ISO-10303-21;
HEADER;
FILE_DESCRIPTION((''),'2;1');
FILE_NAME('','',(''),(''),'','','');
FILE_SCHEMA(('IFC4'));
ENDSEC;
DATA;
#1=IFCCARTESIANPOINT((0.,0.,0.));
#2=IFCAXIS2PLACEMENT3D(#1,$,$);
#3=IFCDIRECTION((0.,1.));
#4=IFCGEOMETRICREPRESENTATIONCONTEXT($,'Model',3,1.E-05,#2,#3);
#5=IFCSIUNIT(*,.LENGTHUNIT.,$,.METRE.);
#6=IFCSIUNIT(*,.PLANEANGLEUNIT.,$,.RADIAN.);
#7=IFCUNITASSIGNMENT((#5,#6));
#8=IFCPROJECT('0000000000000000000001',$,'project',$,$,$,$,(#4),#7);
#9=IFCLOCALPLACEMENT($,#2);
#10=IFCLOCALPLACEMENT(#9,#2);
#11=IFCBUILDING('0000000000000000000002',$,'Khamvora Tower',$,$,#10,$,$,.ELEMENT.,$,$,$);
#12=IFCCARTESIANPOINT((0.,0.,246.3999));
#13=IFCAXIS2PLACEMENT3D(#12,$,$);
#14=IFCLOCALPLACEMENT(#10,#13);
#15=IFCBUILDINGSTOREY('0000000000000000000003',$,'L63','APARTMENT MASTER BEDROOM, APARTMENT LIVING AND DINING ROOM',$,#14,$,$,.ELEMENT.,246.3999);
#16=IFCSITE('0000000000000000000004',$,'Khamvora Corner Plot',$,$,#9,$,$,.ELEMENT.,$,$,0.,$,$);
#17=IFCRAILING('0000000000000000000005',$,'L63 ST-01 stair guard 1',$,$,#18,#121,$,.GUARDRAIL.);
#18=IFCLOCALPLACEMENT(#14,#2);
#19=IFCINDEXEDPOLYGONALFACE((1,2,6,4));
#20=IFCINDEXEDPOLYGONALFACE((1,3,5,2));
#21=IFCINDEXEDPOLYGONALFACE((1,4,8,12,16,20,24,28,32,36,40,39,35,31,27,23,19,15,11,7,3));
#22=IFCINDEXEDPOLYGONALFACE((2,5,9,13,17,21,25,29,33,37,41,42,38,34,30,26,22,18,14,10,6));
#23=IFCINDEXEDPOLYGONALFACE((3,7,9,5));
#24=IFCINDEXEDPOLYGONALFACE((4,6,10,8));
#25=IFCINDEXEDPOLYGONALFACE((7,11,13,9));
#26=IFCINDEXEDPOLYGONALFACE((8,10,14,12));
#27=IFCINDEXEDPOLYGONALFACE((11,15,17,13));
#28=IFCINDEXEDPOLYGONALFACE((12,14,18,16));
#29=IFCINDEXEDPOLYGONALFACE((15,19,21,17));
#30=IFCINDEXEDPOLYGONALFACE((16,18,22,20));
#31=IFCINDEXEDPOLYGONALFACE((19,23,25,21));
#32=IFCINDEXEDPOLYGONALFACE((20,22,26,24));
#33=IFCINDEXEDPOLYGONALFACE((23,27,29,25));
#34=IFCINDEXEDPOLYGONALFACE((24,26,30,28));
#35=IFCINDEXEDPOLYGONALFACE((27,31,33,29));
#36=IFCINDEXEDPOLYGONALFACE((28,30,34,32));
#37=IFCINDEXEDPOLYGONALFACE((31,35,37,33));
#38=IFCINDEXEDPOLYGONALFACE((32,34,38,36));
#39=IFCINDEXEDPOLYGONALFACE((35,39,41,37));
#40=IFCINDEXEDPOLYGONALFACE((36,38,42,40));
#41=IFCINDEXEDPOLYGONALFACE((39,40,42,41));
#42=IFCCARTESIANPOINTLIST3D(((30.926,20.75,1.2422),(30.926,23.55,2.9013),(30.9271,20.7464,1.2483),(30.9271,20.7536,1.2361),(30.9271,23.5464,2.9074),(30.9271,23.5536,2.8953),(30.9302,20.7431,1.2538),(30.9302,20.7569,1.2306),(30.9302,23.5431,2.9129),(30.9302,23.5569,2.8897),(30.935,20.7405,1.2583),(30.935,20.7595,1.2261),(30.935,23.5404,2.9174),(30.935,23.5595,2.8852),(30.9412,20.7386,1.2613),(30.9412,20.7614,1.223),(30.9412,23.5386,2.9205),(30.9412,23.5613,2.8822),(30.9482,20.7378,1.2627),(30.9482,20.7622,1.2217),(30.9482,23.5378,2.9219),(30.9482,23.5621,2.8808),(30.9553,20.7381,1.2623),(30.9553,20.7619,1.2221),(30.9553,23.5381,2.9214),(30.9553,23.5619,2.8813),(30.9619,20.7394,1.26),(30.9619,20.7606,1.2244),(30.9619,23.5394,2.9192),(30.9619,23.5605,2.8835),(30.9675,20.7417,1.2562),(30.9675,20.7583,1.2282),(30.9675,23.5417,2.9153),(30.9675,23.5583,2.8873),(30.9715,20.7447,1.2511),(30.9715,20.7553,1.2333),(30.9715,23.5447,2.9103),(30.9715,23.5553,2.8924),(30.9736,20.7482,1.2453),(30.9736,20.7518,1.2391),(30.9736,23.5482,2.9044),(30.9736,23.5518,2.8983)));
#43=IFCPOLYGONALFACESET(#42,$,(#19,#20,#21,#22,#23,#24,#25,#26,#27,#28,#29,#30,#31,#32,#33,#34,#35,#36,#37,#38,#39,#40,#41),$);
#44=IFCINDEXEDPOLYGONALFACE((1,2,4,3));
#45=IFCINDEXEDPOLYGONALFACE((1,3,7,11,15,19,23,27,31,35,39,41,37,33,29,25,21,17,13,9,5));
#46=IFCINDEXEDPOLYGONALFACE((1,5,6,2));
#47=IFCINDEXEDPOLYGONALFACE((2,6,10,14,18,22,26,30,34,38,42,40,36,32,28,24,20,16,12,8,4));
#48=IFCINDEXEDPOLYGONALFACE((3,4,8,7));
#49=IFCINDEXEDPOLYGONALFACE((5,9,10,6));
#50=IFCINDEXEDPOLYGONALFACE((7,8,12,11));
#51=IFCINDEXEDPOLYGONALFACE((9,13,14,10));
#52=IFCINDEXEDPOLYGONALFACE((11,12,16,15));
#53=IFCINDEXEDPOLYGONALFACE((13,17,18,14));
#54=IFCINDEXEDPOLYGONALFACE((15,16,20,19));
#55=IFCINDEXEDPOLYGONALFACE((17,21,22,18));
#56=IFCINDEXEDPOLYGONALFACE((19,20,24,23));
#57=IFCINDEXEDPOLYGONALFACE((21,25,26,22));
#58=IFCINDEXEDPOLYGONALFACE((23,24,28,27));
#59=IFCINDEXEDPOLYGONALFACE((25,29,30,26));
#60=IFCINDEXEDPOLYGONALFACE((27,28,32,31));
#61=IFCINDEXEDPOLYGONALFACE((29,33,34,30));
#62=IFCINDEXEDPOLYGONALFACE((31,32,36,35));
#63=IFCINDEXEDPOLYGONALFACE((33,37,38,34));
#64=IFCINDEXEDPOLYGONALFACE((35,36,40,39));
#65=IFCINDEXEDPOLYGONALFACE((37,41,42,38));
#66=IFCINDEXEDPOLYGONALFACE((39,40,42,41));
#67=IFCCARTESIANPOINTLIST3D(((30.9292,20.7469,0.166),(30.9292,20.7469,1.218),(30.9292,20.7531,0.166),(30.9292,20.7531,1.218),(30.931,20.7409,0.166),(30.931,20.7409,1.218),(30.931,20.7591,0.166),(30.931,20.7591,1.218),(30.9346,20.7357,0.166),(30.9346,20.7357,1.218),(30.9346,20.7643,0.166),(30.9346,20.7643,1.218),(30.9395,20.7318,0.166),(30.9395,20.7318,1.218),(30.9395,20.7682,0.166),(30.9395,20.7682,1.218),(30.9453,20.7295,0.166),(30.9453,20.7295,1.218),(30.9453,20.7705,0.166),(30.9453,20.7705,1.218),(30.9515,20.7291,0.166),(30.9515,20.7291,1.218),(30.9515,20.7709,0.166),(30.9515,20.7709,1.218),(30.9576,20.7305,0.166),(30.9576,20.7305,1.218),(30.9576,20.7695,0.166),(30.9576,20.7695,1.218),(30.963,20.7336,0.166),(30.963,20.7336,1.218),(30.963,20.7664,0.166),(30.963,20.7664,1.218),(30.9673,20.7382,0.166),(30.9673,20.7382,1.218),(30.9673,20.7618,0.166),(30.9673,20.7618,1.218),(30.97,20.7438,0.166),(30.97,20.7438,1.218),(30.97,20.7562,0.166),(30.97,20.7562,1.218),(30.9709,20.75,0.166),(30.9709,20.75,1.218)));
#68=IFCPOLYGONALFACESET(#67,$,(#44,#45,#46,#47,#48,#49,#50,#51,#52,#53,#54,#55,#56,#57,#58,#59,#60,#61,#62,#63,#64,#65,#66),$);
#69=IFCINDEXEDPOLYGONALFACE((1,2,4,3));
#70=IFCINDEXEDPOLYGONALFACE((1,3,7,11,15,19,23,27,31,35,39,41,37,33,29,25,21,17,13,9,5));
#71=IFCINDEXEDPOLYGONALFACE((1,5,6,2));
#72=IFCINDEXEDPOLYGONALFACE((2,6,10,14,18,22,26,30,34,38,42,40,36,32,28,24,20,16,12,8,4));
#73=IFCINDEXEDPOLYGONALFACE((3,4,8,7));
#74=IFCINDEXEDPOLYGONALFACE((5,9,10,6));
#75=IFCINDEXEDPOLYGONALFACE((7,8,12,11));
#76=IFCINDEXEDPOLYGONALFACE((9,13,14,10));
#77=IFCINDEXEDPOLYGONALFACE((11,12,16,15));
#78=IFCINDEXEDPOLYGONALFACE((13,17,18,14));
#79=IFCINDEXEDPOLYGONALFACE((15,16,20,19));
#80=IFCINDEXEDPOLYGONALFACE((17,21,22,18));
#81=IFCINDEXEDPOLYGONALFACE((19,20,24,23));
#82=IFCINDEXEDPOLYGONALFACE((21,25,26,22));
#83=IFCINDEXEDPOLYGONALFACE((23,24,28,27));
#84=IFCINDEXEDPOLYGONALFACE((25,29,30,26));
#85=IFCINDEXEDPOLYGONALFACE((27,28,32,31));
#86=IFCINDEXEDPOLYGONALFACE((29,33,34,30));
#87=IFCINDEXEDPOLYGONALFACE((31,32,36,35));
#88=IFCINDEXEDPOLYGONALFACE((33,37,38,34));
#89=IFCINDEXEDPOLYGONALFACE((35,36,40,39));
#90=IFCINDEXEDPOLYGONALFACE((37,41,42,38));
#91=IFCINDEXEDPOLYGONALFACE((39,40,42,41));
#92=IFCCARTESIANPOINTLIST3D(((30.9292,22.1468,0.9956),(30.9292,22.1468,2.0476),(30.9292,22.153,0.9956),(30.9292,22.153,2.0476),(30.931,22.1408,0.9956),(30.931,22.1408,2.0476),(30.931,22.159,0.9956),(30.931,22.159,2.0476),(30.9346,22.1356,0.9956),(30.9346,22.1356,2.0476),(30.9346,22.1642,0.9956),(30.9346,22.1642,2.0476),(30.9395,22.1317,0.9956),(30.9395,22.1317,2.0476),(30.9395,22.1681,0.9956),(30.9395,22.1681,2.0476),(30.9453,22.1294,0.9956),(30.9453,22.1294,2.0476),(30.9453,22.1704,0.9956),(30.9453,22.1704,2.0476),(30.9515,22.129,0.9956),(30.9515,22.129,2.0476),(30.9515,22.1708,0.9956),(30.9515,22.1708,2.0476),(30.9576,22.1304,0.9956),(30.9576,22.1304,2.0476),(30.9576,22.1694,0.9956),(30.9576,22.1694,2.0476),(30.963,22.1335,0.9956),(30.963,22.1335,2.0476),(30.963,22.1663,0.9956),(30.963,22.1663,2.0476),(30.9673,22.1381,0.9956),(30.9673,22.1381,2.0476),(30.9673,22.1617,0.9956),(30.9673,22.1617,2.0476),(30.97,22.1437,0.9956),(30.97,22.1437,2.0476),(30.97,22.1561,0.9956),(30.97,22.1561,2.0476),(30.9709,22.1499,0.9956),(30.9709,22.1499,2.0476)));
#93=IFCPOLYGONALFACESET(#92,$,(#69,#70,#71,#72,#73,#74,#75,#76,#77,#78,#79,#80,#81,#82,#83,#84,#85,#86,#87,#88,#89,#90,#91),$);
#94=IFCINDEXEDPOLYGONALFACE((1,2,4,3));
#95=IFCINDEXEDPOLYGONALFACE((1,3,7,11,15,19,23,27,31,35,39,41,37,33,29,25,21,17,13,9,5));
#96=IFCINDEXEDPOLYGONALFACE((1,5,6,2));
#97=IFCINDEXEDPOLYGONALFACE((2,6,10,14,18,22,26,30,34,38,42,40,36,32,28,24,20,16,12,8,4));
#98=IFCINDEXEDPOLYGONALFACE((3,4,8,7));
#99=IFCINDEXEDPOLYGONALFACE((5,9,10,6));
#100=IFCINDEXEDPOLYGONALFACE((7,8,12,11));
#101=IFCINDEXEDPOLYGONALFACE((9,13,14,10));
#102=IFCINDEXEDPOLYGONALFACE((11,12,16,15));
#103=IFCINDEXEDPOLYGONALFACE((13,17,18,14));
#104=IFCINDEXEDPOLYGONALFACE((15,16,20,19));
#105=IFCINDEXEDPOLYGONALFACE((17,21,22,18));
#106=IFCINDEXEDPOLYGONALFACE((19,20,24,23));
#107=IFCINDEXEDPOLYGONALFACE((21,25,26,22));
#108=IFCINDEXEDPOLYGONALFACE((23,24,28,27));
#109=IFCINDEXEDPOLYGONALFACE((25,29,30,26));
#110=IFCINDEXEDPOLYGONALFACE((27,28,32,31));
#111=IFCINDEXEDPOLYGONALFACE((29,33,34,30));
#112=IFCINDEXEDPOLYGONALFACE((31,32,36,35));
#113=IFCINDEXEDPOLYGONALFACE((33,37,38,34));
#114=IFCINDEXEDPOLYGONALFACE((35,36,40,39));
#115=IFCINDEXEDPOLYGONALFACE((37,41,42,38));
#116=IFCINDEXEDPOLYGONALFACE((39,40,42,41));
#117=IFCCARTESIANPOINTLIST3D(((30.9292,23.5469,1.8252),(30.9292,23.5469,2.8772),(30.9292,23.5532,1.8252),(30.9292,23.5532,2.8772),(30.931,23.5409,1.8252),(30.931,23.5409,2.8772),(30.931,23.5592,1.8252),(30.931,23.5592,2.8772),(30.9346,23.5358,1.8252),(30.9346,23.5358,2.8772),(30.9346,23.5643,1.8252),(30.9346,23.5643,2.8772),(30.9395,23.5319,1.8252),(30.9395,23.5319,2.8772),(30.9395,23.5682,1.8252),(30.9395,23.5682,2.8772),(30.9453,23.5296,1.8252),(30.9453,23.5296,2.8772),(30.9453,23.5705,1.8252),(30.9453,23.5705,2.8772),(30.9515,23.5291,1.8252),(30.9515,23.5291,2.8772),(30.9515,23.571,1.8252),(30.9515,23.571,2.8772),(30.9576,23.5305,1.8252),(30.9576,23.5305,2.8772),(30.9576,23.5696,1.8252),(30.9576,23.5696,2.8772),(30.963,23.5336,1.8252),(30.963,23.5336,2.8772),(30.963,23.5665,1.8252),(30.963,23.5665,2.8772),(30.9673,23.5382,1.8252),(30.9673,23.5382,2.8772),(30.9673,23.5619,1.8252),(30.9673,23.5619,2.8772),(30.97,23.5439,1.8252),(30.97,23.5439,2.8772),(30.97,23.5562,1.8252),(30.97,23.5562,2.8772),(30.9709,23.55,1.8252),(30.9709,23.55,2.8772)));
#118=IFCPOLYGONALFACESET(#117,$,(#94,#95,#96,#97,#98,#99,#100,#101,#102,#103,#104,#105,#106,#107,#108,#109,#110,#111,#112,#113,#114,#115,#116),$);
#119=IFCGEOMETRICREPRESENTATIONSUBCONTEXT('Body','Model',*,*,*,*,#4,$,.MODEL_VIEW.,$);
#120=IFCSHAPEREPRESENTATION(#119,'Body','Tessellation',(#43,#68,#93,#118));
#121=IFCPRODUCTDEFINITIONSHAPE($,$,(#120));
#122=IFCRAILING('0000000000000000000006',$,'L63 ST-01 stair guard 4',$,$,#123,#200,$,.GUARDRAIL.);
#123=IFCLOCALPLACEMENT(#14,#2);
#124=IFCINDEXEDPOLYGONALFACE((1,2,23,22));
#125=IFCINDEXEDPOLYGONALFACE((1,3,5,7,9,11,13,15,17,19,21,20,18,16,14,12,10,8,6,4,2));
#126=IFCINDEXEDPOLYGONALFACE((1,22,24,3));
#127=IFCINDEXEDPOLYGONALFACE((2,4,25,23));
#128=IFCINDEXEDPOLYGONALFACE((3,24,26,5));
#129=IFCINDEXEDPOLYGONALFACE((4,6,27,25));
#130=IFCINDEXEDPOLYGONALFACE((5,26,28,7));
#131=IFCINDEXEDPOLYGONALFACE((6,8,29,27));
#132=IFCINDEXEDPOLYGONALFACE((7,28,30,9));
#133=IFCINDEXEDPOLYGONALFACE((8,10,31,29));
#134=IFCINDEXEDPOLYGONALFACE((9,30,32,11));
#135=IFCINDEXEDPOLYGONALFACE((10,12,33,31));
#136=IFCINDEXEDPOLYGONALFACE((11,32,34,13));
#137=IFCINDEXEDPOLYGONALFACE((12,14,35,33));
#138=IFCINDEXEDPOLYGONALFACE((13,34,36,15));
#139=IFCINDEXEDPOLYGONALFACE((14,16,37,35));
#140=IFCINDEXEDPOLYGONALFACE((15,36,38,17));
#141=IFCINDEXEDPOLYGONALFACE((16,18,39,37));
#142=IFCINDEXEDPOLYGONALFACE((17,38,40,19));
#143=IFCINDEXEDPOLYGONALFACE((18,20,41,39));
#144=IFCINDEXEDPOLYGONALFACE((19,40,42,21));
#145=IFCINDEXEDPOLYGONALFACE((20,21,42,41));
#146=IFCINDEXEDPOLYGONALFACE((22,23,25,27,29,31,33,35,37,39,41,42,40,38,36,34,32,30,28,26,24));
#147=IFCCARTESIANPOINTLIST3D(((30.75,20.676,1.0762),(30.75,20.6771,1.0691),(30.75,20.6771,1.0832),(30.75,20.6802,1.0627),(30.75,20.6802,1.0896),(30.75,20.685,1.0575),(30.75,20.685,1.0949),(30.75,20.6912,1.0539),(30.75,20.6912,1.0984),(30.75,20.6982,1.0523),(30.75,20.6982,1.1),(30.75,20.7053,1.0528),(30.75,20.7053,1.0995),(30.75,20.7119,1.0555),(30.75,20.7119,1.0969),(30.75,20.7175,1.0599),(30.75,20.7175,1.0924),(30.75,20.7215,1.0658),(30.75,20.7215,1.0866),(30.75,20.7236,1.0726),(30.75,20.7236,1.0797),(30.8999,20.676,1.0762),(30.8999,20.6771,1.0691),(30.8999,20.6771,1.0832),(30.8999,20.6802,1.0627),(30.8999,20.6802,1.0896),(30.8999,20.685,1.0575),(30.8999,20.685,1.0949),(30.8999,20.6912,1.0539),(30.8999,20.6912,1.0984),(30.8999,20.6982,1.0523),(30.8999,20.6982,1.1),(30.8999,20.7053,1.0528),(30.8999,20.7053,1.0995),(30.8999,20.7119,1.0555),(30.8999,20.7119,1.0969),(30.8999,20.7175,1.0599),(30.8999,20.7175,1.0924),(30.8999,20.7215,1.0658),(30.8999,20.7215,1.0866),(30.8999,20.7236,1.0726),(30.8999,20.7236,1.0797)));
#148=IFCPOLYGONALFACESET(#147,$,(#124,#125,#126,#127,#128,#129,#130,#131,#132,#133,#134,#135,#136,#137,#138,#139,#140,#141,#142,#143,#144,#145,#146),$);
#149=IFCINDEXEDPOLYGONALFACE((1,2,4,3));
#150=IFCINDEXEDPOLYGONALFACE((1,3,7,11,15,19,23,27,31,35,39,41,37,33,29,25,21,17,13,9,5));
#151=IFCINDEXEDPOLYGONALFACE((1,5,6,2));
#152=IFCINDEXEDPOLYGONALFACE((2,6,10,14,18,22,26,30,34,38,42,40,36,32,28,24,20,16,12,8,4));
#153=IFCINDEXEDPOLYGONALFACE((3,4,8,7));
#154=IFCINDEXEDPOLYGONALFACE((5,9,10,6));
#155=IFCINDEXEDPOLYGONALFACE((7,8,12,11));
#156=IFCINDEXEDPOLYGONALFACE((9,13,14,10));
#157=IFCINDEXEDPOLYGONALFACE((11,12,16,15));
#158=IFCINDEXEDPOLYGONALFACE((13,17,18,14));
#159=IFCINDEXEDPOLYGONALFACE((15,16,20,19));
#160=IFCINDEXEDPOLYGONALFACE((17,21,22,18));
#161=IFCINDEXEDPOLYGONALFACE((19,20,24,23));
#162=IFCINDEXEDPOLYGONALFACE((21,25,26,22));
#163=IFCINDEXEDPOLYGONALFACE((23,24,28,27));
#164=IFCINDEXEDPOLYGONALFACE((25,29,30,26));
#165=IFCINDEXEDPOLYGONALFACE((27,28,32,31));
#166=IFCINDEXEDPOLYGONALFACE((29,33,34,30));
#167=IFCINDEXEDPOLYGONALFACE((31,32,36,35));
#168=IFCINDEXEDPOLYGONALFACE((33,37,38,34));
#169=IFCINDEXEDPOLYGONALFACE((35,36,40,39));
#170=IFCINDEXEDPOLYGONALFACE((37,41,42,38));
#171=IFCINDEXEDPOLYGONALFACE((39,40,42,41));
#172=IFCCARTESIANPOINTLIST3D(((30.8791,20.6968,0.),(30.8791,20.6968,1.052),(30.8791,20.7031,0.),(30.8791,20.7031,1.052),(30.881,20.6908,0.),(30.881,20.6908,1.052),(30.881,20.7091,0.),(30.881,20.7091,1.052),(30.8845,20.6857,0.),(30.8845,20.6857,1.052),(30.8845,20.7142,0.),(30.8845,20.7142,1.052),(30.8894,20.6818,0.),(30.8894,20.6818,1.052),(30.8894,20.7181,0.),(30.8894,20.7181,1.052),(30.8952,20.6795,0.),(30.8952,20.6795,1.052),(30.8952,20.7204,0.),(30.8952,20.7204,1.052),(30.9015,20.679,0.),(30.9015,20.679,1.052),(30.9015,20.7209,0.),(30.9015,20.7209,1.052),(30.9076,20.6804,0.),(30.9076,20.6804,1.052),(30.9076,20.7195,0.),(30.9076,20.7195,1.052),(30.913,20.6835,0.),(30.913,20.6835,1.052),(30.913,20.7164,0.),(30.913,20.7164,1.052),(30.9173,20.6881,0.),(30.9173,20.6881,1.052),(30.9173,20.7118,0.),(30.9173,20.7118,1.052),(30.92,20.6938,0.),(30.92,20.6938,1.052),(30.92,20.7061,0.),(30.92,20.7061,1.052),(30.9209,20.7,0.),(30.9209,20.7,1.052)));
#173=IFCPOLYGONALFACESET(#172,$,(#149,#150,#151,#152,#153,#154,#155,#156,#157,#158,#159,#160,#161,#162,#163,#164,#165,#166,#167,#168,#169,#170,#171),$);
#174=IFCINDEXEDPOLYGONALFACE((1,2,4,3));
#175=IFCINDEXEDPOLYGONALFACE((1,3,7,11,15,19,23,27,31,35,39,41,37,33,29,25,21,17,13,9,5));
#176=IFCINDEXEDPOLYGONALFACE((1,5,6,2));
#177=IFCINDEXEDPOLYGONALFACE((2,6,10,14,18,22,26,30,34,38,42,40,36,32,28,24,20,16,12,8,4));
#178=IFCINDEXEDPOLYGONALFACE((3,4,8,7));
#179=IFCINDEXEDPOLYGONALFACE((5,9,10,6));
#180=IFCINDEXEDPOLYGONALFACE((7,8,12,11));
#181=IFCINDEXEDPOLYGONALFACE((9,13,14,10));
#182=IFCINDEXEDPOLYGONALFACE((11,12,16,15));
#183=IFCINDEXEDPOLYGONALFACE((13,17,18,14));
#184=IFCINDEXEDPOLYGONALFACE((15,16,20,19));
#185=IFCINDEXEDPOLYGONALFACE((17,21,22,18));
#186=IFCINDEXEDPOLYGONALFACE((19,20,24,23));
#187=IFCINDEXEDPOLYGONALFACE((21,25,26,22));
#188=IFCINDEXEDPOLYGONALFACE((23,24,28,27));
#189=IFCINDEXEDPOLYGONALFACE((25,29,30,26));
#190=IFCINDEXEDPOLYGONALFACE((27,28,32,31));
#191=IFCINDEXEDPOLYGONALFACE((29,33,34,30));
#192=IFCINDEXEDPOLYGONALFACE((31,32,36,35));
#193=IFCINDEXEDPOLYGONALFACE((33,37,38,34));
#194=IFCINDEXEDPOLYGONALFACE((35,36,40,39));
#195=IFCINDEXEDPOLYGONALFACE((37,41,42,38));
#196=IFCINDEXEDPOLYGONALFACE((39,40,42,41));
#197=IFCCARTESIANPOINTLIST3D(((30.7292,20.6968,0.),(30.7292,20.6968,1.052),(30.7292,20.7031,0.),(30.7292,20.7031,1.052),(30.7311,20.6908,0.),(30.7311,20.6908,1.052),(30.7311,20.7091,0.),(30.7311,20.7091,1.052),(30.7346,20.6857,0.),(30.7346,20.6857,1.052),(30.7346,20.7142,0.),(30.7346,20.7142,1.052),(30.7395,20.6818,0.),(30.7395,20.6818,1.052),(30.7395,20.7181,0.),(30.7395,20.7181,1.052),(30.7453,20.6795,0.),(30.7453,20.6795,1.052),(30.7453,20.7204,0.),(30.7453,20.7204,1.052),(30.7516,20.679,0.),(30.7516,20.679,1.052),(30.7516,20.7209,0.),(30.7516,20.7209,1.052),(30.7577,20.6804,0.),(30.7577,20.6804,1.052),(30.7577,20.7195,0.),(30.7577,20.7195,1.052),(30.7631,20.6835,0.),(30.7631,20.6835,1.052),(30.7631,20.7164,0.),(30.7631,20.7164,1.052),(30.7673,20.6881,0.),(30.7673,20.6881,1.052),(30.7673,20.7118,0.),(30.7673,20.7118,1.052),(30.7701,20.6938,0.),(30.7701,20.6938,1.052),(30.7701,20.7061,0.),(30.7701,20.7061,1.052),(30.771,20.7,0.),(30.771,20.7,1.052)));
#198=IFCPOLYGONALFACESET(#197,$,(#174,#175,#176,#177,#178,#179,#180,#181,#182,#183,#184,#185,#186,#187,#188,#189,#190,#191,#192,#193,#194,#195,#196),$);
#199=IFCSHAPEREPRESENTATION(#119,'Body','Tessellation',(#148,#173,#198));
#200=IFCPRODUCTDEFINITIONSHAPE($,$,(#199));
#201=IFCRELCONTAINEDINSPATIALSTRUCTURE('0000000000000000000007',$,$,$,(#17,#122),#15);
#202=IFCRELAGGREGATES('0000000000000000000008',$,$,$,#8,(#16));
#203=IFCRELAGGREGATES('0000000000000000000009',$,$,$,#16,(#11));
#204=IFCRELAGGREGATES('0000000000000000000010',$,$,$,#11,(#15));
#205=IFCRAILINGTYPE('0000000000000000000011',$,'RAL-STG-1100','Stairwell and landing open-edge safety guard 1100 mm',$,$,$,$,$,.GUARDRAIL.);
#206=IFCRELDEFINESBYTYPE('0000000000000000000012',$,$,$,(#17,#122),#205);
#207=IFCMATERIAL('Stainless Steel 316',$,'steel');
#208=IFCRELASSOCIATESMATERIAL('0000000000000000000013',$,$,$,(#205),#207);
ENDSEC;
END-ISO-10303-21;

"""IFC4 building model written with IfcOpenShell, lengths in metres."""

from ifc_helpers import new_model, si_unit, direction, frame, origin, origin_2d, place, context, subcontext, project, spatial, circle, extrude, material, type_object, element, save


model = new_model("IFC4")

# Units and contexts
model_context = context("Model", 3, precision=1e-05, world=origin(), true_north=direction((0.0, 1.0)))
body_context = subcontext(model_context, "Body", "Model", "MODEL_VIEW")
ifc_project = project(units=[si_unit("LENGTHUNIT", "METRE"), si_unit("PLANEANGLEUNIT", "RADIAN")], contexts=[model_context])

# Site, building, storey
site_placement = place(None, origin())
site = spatial("IfcSite", under=ifc_project, at=site_placement, Name="Khamvora Corner Plot", CompositionType="ELEMENT", RefElevation=0.0)
building_placement = place(site_placement, origin())
building = spatial("IfcBuilding", under=site, at=building_placement, Name="Khamvora Tower", CompositionType="ELEMENT")
storey_placement = place(building_placement, frame((0.0, 0.0, 246.3999)))
storey = spatial("IfcBuildingStorey", under=building, at=storey_placement, Name="L63", Description="APARTMENT MASTER BEDROOM, APARTMENT LIVING AND DINING ROOM", CompositionType="ELEMENT", Elevation=246.3999)

# Railings
ifc_material_1 = material(Name="Stainless Steel 316", Category="steel")
railing_type_1 = type_object("IfcRailingType", Name="RAL-STG-1100", Description="Stairwell and landing open-edge safety guard 1100 mm", PredefinedType="GUARDRAIL", material=ifc_material_1)
railing_1_placement = place(storey_placement, frame((30.95, 20.75, 0.166)))
element("IfcRailing", 1, at=railing_1_placement, inside=storey, type_object=railing_type_1, Name="L63 ST-01 stair guard 1", PredefinedType="GUARDRAIL", context=body_context, shape_type="SweptSolid", body=[
    extrude(circle(Radius=0.0239, at=origin_2d()), frame((0.0, 0.0, 1.0762), z_axis=(0.0, 0.860306, 0.509778), x_axis=(-1.0, 0.0, 0.0)), (0.0, 0.0, 1.0), 3.2546),
    extrude(circle(Radius=0.021, at=origin_2d()), origin(), (0.0, 0.0, 1.0), 1.052),
    extrude(circle(Radius=0.021, at=origin_2d()), frame((0.0, 1.3999, 0.8296)), (0.0, 0.0, 1.0), 1.052),
    extrude(circle(Radius=0.021, at=origin_2d()), frame((0.0, 2.8, 1.6592)), (0.0, 0.0, 1.0), 1.052),
])
railing_2_placement = place(storey_placement, frame((30.8999, 20.7, 0.0)))
element("IfcRailing", 2, at=railing_2_placement, inside=storey, type_object=railing_type_1, Name="L63 ST-01 stair guard 4", PredefinedType="GUARDRAIL", context=body_context, shape_type="SweptSolid", body=[
    extrude(circle(Radius=0.0239, at=origin_2d()), frame((0.0, 0.0, 1.0762), z_axis=(-1.0, 0.0, 0.0), x_axis=(0.0, -1.0, 0.0)), (0.0, 0.0, 1.0), 0.1499),
    extrude(circle(Radius=0.021, at=origin_2d()), origin(), (0.0, 0.0, 1.0), 1.052),
    extrude(circle(Radius=0.021, at=origin_2d()), frame((-0.1499, 0.0, 0.0)), (0.0, 0.0, 1.0), 1.052),
])

save(model, "model.ifc")
